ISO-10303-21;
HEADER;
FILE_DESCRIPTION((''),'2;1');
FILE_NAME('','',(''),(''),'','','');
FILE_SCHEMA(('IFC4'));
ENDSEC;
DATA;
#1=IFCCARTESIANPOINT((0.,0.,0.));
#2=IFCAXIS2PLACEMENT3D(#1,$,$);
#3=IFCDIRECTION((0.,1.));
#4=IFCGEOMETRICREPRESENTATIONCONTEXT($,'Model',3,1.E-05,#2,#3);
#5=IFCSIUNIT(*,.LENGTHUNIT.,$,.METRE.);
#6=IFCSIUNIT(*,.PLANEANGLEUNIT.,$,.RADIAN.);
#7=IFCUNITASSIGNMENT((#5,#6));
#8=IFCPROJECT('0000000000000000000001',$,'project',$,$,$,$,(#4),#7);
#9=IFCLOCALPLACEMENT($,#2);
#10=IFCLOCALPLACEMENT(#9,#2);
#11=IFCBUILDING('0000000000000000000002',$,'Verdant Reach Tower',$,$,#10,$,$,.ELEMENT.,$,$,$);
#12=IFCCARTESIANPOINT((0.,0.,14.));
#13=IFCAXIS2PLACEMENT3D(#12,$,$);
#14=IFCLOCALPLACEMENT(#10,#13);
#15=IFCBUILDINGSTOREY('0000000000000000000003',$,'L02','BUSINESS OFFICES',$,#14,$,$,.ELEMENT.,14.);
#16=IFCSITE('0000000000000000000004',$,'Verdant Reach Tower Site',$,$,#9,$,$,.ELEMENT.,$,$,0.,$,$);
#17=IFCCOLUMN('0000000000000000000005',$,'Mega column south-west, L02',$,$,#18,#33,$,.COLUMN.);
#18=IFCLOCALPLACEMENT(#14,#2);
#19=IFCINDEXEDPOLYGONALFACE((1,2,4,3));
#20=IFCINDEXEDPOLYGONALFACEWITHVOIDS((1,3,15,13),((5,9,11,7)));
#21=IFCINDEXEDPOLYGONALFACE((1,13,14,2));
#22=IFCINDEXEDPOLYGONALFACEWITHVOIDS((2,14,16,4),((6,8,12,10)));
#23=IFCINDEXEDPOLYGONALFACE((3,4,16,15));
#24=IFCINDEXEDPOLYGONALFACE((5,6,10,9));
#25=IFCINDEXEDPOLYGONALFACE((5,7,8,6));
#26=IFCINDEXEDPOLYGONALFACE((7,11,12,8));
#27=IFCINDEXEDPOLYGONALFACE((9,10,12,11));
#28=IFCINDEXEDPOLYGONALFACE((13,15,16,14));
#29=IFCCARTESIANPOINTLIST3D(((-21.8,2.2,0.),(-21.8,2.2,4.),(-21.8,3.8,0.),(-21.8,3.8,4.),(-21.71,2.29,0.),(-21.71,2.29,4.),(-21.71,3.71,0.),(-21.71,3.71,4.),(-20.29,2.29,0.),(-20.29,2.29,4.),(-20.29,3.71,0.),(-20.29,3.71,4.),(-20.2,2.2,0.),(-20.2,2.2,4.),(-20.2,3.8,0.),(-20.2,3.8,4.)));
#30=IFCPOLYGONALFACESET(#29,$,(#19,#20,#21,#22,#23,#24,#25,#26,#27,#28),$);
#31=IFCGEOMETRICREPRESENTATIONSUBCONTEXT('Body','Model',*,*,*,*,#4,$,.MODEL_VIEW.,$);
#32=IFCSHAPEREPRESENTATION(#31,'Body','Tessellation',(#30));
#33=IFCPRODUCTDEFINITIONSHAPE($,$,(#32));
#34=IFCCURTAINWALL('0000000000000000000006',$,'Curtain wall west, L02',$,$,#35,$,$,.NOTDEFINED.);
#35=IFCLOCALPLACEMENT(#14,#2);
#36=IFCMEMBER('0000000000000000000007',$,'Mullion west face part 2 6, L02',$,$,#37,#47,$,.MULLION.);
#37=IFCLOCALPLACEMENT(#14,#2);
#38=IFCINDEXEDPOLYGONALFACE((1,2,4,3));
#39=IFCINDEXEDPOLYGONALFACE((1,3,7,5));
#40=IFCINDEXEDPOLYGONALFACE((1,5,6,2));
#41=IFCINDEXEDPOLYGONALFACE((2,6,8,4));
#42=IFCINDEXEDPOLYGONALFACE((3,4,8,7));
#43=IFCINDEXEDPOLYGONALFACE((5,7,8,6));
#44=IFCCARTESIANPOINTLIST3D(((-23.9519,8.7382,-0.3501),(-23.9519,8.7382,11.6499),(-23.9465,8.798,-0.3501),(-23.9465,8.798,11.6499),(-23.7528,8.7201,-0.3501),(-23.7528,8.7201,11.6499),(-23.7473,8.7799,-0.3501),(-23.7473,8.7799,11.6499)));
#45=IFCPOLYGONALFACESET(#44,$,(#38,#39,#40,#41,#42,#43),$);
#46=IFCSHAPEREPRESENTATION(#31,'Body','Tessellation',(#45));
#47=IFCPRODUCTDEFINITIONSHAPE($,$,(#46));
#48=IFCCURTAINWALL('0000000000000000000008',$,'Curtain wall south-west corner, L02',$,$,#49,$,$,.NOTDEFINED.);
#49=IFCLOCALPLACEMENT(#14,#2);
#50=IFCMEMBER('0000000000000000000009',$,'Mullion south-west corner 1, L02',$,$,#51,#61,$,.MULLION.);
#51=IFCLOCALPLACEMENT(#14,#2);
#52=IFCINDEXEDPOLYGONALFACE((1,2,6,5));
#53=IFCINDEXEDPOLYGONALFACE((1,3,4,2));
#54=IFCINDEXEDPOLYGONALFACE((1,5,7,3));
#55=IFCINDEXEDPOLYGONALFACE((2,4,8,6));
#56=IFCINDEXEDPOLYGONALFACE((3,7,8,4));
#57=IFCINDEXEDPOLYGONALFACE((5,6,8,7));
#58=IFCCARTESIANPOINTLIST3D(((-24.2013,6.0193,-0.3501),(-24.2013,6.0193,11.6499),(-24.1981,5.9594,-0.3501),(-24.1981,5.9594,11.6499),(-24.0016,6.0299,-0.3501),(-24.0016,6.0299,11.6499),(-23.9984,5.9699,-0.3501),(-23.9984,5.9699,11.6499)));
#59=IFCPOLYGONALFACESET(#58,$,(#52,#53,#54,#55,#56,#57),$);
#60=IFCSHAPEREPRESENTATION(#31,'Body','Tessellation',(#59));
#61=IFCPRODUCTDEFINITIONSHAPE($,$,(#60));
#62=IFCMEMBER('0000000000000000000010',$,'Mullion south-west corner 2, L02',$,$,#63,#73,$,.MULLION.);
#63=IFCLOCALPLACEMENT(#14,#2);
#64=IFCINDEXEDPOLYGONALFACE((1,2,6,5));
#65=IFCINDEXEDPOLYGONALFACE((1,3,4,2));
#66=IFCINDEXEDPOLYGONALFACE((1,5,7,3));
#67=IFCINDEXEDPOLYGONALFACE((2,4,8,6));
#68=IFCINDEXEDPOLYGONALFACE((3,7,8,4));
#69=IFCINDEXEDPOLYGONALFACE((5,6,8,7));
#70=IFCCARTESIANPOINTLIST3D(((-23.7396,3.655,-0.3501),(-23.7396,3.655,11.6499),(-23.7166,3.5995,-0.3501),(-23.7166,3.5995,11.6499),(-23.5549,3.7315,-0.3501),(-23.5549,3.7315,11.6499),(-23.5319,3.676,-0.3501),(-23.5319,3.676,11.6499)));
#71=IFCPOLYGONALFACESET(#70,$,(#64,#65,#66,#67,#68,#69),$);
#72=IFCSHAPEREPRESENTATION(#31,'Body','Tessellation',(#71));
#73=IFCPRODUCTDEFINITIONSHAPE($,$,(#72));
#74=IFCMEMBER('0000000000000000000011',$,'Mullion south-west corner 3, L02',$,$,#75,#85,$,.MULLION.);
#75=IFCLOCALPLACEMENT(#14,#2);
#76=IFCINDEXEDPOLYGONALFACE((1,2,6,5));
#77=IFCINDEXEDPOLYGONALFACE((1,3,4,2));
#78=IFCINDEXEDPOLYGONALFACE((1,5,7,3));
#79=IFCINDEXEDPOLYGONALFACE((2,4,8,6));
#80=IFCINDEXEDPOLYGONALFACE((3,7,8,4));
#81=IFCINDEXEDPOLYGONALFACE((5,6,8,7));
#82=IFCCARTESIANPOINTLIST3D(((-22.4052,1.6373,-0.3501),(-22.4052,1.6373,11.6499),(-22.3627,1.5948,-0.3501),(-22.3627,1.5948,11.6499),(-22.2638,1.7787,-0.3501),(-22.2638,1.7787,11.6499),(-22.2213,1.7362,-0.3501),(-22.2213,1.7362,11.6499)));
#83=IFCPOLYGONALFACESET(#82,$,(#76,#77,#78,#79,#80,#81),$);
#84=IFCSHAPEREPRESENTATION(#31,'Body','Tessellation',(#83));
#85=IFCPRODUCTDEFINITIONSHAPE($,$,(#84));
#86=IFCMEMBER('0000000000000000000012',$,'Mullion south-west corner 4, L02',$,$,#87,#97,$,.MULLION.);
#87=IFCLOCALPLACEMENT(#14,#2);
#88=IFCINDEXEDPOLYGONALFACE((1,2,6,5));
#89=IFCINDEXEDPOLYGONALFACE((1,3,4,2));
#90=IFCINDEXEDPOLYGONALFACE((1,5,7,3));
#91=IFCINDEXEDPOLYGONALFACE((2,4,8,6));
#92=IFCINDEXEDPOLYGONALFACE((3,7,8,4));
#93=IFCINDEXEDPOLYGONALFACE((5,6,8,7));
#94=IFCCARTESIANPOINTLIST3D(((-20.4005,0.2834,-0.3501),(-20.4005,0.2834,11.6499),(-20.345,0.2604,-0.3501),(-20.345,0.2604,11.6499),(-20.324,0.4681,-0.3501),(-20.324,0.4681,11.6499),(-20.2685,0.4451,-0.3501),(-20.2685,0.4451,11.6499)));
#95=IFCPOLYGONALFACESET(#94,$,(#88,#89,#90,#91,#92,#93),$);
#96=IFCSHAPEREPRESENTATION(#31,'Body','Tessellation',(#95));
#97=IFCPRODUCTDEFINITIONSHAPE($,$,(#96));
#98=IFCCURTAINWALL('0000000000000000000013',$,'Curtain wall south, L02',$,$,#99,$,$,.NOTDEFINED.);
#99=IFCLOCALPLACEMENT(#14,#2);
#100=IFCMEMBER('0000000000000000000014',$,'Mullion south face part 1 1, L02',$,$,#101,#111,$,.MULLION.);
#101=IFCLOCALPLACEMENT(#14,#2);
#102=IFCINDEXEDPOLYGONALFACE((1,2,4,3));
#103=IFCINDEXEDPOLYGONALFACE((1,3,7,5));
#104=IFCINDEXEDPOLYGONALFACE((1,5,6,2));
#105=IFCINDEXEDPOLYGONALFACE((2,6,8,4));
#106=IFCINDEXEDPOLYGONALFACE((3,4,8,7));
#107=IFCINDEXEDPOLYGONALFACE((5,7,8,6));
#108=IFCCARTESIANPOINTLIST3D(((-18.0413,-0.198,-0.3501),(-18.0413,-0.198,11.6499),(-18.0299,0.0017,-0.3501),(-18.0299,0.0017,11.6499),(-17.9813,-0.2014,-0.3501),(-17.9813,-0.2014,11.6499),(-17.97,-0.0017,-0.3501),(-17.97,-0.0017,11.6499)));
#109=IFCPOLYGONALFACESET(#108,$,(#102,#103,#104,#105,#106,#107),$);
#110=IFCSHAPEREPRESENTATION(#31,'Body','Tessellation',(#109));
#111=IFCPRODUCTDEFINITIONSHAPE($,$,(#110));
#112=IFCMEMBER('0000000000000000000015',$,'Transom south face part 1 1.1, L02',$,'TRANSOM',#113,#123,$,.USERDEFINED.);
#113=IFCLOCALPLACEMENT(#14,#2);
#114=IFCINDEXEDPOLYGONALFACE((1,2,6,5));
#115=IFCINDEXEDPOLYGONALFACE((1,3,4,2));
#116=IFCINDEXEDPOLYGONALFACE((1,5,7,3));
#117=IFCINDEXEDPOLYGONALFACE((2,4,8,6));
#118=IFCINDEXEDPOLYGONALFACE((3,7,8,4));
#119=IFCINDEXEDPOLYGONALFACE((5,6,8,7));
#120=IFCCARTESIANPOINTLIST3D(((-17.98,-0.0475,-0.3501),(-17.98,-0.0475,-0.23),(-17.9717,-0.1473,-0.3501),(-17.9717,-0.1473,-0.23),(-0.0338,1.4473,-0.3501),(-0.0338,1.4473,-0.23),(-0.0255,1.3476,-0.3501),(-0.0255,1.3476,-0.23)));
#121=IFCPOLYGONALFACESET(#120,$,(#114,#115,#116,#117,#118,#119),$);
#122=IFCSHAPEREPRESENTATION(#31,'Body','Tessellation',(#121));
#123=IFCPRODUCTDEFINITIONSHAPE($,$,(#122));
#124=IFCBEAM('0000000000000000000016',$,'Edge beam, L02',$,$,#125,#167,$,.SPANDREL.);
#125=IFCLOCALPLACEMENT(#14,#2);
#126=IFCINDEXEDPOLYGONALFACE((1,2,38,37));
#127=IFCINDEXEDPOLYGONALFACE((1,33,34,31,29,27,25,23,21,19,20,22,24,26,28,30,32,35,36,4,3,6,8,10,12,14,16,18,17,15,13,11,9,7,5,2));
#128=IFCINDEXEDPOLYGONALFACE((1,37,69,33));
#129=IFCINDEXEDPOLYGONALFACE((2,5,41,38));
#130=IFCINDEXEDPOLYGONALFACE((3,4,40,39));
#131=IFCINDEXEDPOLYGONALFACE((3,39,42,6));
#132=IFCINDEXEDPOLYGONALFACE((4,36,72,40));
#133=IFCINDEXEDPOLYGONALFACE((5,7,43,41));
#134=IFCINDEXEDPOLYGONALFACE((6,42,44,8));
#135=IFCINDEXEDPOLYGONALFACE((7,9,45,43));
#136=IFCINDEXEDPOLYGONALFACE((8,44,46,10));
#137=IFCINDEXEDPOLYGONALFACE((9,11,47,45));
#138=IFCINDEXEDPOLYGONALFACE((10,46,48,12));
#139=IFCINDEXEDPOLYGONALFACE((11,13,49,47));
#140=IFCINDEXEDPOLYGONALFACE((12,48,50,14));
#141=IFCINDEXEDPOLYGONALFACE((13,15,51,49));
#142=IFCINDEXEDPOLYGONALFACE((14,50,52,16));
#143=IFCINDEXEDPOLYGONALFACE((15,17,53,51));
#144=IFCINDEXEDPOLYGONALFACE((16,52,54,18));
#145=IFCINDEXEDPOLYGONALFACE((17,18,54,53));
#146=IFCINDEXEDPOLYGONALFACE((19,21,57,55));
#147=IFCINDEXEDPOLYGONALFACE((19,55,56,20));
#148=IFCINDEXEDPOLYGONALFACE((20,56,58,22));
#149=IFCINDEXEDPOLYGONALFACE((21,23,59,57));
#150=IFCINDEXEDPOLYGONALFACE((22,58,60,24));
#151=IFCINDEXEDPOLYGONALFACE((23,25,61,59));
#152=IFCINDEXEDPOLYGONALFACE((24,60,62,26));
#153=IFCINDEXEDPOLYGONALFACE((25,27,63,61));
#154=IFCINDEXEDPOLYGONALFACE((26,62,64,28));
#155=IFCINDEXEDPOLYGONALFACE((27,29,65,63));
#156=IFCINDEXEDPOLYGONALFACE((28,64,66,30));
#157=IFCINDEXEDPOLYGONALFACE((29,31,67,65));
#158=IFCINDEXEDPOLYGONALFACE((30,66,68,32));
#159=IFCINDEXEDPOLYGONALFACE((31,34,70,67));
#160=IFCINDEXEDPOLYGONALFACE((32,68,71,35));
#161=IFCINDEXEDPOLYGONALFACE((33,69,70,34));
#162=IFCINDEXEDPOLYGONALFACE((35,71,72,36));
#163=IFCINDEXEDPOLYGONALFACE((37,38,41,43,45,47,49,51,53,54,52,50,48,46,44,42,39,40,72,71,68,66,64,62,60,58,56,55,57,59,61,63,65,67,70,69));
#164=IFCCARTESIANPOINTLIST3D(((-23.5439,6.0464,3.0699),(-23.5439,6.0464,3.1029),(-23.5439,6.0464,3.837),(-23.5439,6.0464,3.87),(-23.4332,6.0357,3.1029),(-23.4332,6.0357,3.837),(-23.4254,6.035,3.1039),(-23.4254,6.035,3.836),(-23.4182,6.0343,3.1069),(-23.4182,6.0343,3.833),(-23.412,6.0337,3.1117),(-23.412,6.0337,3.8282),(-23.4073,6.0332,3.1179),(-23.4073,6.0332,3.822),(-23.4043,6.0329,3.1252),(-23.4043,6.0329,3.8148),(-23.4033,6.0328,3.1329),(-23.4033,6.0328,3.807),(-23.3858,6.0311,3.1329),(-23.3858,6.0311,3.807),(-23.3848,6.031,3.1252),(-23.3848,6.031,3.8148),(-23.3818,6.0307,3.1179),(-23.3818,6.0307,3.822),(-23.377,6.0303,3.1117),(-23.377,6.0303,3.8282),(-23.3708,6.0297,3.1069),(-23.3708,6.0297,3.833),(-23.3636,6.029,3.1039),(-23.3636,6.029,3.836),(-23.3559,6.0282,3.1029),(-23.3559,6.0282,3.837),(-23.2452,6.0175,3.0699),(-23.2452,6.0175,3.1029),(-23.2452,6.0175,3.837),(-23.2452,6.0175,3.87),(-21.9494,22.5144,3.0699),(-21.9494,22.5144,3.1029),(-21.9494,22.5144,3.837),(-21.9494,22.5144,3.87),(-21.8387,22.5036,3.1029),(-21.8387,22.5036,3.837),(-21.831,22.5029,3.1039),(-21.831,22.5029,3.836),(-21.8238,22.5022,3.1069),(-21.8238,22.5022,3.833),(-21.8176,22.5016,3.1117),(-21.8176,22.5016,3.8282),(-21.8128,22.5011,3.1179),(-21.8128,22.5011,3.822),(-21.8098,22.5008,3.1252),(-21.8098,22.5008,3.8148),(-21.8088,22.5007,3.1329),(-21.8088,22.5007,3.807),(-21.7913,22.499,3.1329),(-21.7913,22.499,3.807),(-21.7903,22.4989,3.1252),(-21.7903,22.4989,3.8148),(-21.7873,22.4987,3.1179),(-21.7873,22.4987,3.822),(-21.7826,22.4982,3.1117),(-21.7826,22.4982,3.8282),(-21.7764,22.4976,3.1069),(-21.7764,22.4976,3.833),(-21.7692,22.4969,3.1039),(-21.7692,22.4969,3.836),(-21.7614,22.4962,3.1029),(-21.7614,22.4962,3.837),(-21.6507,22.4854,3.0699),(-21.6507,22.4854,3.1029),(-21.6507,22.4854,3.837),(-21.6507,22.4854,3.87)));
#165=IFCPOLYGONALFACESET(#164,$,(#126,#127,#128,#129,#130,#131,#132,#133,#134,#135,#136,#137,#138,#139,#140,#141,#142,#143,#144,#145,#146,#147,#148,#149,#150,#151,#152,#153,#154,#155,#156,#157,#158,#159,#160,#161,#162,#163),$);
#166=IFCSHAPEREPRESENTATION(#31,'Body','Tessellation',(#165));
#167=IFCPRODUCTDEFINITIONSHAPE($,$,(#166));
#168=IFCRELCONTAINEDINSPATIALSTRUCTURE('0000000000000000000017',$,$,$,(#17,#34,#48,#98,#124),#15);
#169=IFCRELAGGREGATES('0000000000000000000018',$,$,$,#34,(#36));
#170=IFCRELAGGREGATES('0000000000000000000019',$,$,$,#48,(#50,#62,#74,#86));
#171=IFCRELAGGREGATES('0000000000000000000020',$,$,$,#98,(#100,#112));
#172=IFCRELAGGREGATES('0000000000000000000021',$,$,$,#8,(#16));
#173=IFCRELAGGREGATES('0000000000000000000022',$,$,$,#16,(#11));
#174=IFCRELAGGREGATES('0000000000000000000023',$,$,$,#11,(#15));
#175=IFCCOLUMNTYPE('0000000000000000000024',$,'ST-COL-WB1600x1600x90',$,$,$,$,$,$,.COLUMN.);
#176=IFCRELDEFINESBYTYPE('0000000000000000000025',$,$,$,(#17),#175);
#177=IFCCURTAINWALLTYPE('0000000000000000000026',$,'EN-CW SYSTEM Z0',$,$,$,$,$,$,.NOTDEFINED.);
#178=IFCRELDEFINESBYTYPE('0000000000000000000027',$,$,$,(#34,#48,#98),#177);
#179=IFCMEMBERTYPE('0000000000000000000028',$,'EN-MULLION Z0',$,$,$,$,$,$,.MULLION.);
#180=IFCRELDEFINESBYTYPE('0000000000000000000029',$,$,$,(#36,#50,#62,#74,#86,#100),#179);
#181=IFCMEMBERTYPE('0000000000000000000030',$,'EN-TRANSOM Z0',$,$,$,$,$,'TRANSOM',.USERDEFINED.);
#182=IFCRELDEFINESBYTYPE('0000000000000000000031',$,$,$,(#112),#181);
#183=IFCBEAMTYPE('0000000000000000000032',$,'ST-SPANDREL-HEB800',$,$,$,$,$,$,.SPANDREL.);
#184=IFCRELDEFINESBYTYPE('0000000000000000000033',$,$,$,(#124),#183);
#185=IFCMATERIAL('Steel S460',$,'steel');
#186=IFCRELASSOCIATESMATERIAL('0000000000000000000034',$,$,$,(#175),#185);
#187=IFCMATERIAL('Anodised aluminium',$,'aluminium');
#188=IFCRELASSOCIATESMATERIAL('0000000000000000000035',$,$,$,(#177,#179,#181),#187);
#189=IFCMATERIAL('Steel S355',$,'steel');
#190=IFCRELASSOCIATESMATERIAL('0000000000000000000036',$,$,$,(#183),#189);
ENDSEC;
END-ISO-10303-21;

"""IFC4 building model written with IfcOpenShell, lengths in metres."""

from ifc_helpers import new_model, si_unit, direction, frame, origin, origin_2d, place, context, subcontext, project, spatial, rectangle, hollow_rectangle, i_section, extrude, material, material_profile, profile_set, type_object, element, aggregate, save


model = new_model("IFC4")

# Units and contexts
model_context = context("Model", 3, precision=1e-05, world=origin(), true_north=direction((0.0, 1.0)))
body_context = subcontext(model_context, "Body", "Model", "MODEL_VIEW")
ifc_project = project(units=[si_unit("LENGTHUNIT", "METRE"), si_unit("PLANEANGLEUNIT", "RADIAN")], contexts=[model_context])

# Site, building, storey
site_placement = place(None, origin())
site = spatial("IfcSite", under=ifc_project, at=site_placement, Name="Verdant Reach Tower Site", CompositionType="ELEMENT", RefElevation=0.0)
building_placement = place(site_placement, origin())
building = spatial("IfcBuilding", under=site, at=building_placement, Name="Verdant Reach Tower", CompositionType="ELEMENT")
storey_placement = place(building_placement, frame((0.0, 0.0, 14.0)))
storey = spatial("IfcBuildingStorey", under=building, at=storey_placement, Name="L02", Description="BUSINESS OFFICES", CompositionType="ELEMENT", Elevation=14.0)

# Column
ifc_material_1 = material(Name="Steel S460", Category="steel")
ifc_material_profile_1 = material_profile(ifc_material_1, hollow_rectangle(XDim=1.6001, YDim=1.6001, WallThickness=0.0901, at=origin_2d()), Name="WB 1600x1600x90")
ifc_profile_set_1 = profile_set([ifc_material_profile_1], Name="Steel S460")
column_type = type_object("IfcColumnType", Name="ST-COL-WB1600x1600x90", PredefinedType="COLUMN", material=ifc_profile_set_1)
column_placement = place(storey_placement, frame((-21.0, 3.0, 0.0), z_axis=(0.0, 0.0, 1.0), x_axis=(1.0, 0.0, 0.0)))
element("IfcColumn", 1, at=column_placement, inside=storey, type_object=column_type, Name="Mega column south-west, L02", PredefinedType="COLUMN", context=body_context, shape_type="SweptSolid", body=[
    extrude(hollow_rectangle(XDim=1.6001, YDim=1.6001, WallThickness=0.0901, at=origin_2d()), origin(), (0.0, 0.0, 1.0), 4.0),
])

# Curtain wall, member
ifc_material_2 = material(Name="Anodised aluminium", Category="aluminium")
curtain_wall_type = type_object("IfcCurtainWallType", Name="EN-CW SYSTEM Z0", PredefinedType="NOTDEFINED", material=ifc_material_2)
curtain_wall_1_placement = place(storey_placement, origin())
curtain_wall_1 = element("IfcCurtainWall", 2, at=curtain_wall_1_placement, inside=storey, type_object=curtain_wall_type, Name="Curtain wall west, L02", PredefinedType="NOTDEFINED")
ifc_material_profile_2 = material_profile(ifc_material_2, rectangle(XDim=0.2, YDim=0.0601, at=origin_2d()), Name="Mullion 60x200")
ifc_profile_set_2 = profile_set([ifc_material_profile_2], Name="Anodised aluminium")
member_type_1 = type_object("IfcMemberType", Name="EN-MULLION Z0", PredefinedType="MULLION", material=ifc_profile_set_2)
member_1_placement = place(storey_placement, frame((-23.8496, 8.759, -0.3501), z_axis=(0.0, 0.0, 1.0), x_axis=(-0.995893, 0.090536, 0.0)))
member_1 = element("IfcMember", 3, at=member_1_placement, type_object=member_type_1, Name="Mullion west face part 2 6, L02", PredefinedType="MULLION", context=body_context, shape_type="SweptSolid", body=[
    extrude(rectangle(XDim=0.2, YDim=0.0601, at=origin_2d()), origin(), (0.0, 0.0, 1.0), 12.0),
])

# Curtain walls, members
curtain_wall_2_placement = place(storey_placement, origin())
curtain_wall_2 = element("IfcCurtainWall", 4, at=curtain_wall_2_placement, inside=storey, type_object=curtain_wall_type, Name="Curtain wall south-west corner, L02", PredefinedType="NOTDEFINED")
member_2_placement = place(storey_placement, frame((-24.0999, 5.9946, -0.3501), z_axis=(0.0, 0.0, 1.0), x_axis=(-0.998604, -0.052815, 0.0)))
member_2 = element("IfcMember", 5, at=member_2_placement, type_object=member_type_1, Name="Mullion south-west corner 1, L02", PredefinedType="MULLION", context=body_context, shape_type="SweptSolid", body=[
    extrude(rectangle(XDim=0.2, YDim=0.0601, at=origin_2d()), origin(), (0.0, 0.0, 1.0), 12.0),
])
member_3_placement = place(storey_placement, frame((-23.6357, 3.6655, -0.3501), z_axis=(0.0, 0.0, 1.0), x_axis=(-0.923875, -0.382694, 0.0)))
member_3 = element("IfcMember", 6, at=member_3_placement, type_object=member_type_1, Name="Mullion south-west corner 2, L02", PredefinedType="MULLION", context=body_context, shape_type="SweptSolid", body=[
    extrude(rectangle(XDim=0.2, YDim=0.0601, at=origin_2d()), origin(), (0.0, 0.0, 1.0), 12.0),
])
member_4_placement = place(storey_placement, frame((-22.3132, 1.6868, -0.3501), z_axis=(0.0, 0.0, 1.0), x_axis=(-0.707107, -0.707107, 0.0)))
member_4 = element("IfcMember", 7, at=member_4_placement, type_object=member_type_1, Name="Mullion south-west corner 3, L02", PredefinedType="MULLION", context=body_context, shape_type="SweptSolid", body=[
    extrude(rectangle(XDim=0.2, YDim=0.0601, at=origin_2d()), origin(), (0.0, 0.0, 1.0), 12.0),
])
member_5_placement = place(storey_placement, frame((-20.3345, 0.3643, -0.3501), z_axis=(0.0, 0.0, 1.0), x_axis=(-0.382694, -0.923875, 0.0)))
member_5 = element("IfcMember", 8, at=member_5_placement, type_object=member_type_1, Name="Mullion south-west corner 4, L02", PredefinedType="MULLION", context=body_context, shape_type="SweptSolid", body=[
    extrude(rectangle(XDim=0.2, YDim=0.0601, at=origin_2d()), origin(), (0.0, 0.0, 1.0), 12.0),
])
curtain_wall_3_placement = place(storey_placement, origin())
curtain_wall_3 = element("IfcCurtainWall", 9, at=curtain_wall_3_placement, inside=storey, type_object=curtain_wall_type, Name="Curtain wall south, L02", PredefinedType="NOTDEFINED")
member_6_placement = place(storey_placement, frame((-18.0056, -0.0999, -0.3501), z_axis=(0.0, 0.0, 1.0), x_axis=(-0.056569, -0.998399, 0.0)))
member_6 = element("IfcMember", 10, at=member_6_placement, type_object=member_type_1, Name="Mullion south face part 1 1, L02", PredefinedType="MULLION", context=body_context, shape_type="SweptSolid", body=[
    extrude(rectangle(XDim=0.2, YDim=0.0601, at=origin_2d()), origin(), (0.0, 0.0, 1.0), 12.0),
])
ifc_material_profile_3 = material_profile(ifc_material_2, rectangle(XDim=0.1001, YDim=0.1201, at=origin_2d()), Name="Transom 120x100")
ifc_profile_set_3 = profile_set([ifc_material_profile_3], Name="Anodised aluminium")
member_type_2 = type_object("IfcMemberType", Name="EN-TRANSOM Z0", ElementType="TRANSOM", PredefinedType="USERDEFINED", material=ifc_profile_set_3)
member_7_placement = place(storey_placement, frame((-17.9758, -0.0974, -0.29), z_axis=(0.996549, 0.083011, 0.0), x_axis=(-0.083011, 0.996549, 0.0)))
member_7 = element("IfcMember", 11, at=member_7_placement, type_object=member_type_2, Name="Transom south face part 1 1.1, L02", ObjectType="TRANSOM", PredefinedType="USERDEFINED", context=body_context, shape_type="SweptSolid", body=[
    extrude(rectangle(XDim=0.1001, YDim=0.1201, at=origin_2d()), origin(), (0.0, 0.0, 1.0), 18.0083),
])

# Beam
ifc_material_3 = material(Name="Steel S355", Category="steel")
ifc_material_profile_4 = material_profile(ifc_material_3, i_section(OverallWidth=0.3, OverallDepth=0.8, WebThickness=0.0176, FlangeThickness=0.033, FilletRadius=0.03, at=origin_2d()), Name="HEB 800")
ifc_profile_set_4 = profile_set([ifc_material_profile_4], Name="Steel S355")
beam_type_1 = type_object("IfcBeamType", Name="ST-SPANDREL-HEB800", PredefinedType="SPANDREL", material=ifc_profile_set_4)
beam_1_placement = place(storey_placement, frame((-23.3945, 6.032, 3.47), z_axis=(0.096372, 0.995345, 0.0), x_axis=(-0.995345, 0.096372, 0.0)))
element("IfcBeam", 12, at=beam_1_placement, inside=storey, type_object=beam_type_1, Name="Edge beam, L02", PredefinedType="SPANDREL", context=body_context, shape_type="SweptSolid", body=[
    extrude(i_section(OverallWidth=0.3, OverallDepth=0.8, WebThickness=0.0176, FlangeThickness=0.033, FilletRadius=0.03, at=origin_2d()), origin(), (0.0, 0.0, 1.0), 16.5449),
])

aggregate(curtain_wall_1, [member_1])
aggregate(curtain_wall_2, [member_2, member_3, member_4, member_5])
aggregate(curtain_wall_3, [member_6, member_7])

save(model, "model.ifc")
